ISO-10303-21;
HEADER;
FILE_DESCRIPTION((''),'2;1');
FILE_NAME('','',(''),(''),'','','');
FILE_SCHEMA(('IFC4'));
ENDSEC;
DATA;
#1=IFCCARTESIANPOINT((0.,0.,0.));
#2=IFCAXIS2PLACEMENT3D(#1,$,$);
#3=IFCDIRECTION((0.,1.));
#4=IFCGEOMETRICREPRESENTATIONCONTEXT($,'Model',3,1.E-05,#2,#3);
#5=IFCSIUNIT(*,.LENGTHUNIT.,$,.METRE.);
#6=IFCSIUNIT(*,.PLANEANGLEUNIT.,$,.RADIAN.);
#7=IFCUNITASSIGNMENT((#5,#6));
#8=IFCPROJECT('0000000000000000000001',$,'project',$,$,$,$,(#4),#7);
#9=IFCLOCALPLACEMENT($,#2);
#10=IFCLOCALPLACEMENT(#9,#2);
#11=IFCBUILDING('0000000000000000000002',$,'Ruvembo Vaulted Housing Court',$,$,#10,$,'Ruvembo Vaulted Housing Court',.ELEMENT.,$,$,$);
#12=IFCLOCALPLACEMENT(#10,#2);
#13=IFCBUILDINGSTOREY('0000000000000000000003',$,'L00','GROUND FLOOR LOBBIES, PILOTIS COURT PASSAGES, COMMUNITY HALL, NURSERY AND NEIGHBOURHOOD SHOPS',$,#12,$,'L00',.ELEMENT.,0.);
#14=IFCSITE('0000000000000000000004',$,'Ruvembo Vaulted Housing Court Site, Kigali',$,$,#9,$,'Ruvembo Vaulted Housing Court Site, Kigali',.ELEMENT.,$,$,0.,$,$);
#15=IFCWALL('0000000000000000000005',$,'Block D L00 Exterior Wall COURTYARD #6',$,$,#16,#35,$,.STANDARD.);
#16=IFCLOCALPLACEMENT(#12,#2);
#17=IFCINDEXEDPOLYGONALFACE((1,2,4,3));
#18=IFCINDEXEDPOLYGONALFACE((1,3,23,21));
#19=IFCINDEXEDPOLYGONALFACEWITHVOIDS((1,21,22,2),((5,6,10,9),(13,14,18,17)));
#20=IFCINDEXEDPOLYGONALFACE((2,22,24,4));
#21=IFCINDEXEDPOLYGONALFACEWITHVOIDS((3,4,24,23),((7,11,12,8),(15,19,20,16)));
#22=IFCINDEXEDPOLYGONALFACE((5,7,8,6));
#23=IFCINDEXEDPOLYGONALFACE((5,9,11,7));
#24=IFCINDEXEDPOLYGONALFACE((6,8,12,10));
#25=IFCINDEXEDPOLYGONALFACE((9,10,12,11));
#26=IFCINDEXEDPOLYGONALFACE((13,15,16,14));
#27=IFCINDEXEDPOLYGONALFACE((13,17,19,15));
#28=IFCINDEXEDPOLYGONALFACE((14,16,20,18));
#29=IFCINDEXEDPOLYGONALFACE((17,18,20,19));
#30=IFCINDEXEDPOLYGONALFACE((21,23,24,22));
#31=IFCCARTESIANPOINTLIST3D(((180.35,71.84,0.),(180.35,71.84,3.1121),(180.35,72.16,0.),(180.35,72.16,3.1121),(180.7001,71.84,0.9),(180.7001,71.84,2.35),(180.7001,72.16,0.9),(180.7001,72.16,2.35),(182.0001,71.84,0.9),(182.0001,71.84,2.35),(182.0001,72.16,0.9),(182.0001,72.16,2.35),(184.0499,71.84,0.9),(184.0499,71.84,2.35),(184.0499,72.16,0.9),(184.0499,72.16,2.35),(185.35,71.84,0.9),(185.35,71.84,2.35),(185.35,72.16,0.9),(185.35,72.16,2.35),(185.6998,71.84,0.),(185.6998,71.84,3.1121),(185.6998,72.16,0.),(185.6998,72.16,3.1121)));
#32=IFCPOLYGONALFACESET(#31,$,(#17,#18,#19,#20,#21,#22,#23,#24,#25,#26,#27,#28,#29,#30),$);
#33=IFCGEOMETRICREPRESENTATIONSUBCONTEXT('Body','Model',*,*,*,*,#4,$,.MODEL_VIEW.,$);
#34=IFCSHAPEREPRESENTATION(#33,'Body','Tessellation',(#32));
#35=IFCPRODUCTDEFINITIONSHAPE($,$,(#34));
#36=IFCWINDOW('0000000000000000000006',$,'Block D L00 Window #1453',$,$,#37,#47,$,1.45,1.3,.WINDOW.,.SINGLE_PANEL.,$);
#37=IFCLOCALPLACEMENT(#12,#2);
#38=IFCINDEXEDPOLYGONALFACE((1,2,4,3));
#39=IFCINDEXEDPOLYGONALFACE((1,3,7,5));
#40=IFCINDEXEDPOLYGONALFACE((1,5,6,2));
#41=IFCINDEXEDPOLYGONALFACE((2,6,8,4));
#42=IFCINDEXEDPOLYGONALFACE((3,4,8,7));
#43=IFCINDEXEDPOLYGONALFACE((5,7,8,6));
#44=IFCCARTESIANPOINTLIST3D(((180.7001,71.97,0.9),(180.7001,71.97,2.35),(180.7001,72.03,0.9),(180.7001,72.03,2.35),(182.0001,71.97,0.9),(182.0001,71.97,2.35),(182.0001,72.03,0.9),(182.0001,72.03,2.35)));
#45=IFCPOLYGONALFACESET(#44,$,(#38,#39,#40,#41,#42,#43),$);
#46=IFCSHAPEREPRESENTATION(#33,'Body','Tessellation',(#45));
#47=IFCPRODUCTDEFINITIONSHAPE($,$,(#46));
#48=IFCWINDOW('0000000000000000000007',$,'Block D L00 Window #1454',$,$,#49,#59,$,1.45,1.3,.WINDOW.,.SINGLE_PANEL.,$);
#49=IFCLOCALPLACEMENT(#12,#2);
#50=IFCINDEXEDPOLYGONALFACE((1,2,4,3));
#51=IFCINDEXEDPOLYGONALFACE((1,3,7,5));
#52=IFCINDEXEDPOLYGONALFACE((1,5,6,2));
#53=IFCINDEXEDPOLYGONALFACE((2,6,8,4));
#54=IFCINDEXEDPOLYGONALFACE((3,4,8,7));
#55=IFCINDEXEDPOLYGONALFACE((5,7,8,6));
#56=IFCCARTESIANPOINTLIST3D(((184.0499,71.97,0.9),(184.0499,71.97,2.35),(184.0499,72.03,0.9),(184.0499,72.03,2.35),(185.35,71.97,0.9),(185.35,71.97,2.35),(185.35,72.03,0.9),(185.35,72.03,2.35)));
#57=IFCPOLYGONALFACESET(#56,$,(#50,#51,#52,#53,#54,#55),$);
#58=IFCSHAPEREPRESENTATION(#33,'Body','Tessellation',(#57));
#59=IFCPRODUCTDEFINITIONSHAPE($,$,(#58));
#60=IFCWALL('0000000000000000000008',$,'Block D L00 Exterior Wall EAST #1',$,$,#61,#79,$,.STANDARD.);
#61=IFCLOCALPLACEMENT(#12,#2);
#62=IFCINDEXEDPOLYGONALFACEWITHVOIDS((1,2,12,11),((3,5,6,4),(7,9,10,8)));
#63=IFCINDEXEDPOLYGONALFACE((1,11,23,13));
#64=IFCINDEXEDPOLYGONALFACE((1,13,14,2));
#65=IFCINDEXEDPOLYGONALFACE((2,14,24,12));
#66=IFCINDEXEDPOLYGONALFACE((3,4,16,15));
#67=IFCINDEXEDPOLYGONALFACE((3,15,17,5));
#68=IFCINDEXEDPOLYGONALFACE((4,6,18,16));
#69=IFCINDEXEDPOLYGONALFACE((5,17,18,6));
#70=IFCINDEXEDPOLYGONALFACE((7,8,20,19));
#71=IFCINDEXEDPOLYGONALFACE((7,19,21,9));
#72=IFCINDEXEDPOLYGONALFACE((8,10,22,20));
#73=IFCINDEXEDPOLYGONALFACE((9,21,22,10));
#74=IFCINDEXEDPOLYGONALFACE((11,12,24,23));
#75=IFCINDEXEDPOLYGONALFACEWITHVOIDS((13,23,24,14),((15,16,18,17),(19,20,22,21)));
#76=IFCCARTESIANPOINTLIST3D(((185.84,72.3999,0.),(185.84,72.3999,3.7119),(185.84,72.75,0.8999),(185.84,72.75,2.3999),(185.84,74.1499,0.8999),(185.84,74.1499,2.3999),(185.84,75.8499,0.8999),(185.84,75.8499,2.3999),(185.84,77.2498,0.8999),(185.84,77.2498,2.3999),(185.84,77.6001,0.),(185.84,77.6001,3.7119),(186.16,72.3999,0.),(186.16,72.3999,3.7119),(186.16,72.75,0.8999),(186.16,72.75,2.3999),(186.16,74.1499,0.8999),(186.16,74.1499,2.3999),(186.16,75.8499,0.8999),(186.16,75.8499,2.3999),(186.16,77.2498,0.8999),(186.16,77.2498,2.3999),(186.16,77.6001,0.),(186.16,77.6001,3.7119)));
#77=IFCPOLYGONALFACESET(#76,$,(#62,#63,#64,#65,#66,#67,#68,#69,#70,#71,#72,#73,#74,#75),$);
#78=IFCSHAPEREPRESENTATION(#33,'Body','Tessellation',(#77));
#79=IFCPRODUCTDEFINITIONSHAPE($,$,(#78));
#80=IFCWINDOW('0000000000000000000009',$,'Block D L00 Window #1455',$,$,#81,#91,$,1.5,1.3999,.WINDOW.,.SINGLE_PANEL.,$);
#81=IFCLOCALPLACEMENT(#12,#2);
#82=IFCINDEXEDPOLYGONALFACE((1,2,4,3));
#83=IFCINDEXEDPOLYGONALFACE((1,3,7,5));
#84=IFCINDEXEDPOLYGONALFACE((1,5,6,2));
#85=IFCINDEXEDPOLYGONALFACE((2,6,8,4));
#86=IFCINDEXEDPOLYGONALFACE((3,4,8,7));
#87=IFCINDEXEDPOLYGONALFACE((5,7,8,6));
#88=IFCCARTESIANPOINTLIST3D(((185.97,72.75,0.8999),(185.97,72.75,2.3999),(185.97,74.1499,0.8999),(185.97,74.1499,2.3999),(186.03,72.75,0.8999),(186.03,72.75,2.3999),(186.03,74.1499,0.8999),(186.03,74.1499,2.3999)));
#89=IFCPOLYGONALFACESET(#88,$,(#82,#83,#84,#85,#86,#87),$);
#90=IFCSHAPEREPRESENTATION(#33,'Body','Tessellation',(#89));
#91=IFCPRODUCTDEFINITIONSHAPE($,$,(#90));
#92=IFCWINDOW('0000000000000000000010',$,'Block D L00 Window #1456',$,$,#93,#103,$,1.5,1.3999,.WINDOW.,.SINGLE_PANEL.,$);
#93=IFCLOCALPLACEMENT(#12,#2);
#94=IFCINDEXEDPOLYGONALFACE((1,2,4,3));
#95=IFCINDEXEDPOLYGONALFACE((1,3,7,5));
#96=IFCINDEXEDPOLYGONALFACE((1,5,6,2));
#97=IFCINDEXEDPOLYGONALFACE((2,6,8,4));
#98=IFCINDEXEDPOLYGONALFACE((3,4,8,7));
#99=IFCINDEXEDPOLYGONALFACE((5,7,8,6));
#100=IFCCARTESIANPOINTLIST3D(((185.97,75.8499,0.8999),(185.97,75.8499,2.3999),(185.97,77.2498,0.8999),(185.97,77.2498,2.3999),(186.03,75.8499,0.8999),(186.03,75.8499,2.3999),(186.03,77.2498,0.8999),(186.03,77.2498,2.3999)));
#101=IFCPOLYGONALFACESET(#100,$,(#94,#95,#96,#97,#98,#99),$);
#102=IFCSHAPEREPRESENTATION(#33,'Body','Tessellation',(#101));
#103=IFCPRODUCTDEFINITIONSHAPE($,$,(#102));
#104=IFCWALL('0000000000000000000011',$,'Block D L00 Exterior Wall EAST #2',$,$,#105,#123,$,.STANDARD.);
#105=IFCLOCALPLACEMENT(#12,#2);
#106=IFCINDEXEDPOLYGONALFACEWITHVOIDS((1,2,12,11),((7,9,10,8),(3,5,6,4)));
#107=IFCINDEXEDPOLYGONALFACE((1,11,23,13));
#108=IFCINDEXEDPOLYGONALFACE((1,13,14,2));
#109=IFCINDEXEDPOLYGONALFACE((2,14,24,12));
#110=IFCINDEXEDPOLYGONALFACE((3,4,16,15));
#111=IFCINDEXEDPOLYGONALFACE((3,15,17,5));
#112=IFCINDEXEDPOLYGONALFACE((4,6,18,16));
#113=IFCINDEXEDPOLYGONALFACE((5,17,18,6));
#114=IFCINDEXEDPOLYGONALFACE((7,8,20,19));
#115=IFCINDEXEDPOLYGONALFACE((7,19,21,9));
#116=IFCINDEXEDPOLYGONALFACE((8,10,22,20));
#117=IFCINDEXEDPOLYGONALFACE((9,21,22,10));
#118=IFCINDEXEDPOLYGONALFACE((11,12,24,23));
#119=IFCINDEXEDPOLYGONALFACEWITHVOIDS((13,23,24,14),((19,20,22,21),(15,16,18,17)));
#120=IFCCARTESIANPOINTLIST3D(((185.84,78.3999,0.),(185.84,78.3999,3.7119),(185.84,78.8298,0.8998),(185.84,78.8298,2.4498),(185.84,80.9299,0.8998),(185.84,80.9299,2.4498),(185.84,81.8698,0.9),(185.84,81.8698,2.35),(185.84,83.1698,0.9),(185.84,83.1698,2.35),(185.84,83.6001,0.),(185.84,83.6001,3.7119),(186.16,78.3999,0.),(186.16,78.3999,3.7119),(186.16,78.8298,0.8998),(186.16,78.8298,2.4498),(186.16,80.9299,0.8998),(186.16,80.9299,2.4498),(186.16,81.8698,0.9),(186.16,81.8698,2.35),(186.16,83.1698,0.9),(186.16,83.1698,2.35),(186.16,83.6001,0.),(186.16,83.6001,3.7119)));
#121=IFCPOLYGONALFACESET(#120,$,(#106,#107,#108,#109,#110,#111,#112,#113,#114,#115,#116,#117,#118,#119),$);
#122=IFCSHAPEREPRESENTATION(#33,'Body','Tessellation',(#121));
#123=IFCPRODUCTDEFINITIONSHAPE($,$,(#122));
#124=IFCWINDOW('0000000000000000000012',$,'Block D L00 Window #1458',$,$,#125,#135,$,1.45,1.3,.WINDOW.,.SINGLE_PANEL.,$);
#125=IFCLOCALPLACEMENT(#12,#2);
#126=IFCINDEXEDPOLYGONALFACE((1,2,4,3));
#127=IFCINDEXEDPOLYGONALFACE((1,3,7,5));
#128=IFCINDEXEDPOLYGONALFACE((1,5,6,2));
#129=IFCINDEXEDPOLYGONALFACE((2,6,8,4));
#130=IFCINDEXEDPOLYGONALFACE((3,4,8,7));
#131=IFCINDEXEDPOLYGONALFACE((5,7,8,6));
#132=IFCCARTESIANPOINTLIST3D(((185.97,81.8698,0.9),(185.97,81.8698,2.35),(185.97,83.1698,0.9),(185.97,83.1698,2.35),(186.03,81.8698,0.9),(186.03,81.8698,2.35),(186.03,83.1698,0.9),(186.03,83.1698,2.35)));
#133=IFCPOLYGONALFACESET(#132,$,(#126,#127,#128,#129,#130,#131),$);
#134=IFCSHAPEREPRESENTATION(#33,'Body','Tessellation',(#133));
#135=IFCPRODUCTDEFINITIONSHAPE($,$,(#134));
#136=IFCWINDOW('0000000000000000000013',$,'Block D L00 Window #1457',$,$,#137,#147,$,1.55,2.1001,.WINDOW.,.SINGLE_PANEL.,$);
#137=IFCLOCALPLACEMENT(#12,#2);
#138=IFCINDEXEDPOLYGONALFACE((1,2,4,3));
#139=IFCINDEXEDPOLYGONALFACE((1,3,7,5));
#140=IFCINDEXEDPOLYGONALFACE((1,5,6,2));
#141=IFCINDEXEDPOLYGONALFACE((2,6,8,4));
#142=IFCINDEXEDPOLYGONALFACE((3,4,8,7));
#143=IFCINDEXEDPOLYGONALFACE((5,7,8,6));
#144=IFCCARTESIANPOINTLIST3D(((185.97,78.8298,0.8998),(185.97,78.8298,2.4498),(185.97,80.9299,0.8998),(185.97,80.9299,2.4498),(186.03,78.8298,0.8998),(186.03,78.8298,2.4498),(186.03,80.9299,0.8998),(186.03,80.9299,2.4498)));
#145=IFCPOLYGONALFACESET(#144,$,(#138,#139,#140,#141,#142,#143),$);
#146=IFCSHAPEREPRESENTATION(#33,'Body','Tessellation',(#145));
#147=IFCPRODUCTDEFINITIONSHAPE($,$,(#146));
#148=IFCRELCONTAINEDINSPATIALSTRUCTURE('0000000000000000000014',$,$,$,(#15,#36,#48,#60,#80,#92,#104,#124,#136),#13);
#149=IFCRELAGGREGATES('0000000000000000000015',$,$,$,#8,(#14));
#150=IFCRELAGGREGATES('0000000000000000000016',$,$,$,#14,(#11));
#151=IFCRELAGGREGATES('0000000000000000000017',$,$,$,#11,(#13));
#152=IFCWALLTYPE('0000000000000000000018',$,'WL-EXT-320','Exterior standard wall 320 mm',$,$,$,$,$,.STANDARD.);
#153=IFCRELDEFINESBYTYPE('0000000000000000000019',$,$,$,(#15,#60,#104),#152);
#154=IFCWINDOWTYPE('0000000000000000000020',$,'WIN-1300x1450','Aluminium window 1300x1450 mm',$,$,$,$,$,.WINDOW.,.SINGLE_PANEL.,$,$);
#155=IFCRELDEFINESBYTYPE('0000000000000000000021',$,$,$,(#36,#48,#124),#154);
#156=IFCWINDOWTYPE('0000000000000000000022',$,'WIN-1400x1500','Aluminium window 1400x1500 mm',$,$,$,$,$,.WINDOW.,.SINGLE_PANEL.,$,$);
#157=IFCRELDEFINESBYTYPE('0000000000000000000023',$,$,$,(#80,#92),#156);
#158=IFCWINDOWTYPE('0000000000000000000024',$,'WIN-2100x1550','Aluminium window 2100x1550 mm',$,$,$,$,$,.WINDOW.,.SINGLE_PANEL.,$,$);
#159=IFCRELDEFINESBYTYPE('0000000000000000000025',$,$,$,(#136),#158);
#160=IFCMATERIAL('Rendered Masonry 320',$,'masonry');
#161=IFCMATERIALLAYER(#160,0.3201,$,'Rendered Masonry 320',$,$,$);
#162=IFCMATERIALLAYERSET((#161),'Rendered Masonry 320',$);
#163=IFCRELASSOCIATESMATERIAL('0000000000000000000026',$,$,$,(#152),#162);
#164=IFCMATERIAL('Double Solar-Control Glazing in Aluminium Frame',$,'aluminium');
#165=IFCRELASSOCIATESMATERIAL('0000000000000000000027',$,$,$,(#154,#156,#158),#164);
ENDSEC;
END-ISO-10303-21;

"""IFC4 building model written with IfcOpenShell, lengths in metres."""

from ifc_helpers import new_model, si_unit, direction, frame, frame_2d, origin, place, context, subcontext, project, spatial, rectangle, extrude, material, layer, layer_set, type_object, element, fill, save


model = new_model("IFC4")

# Units and contexts
model_context = context("Model", 3, precision=1e-05, world=origin(), true_north=direction((0.0, 1.0)))
body_context = subcontext(model_context, "Body", "Model", "MODEL_VIEW")
ifc_project = project(units=[si_unit("LENGTHUNIT", "METRE"), si_unit("PLANEANGLEUNIT", "RADIAN")], contexts=[model_context])

# Site, building, storey
site_placement = place(None, origin())
site = spatial("IfcSite", under=ifc_project, at=site_placement, Name="Ruvembo Vaulted Housing Court Site, Kigali", LongName="Ruvembo Vaulted Housing Court Site, Kigali", CompositionType="ELEMENT", RefElevation=0.0)
building_placement = place(site_placement, origin())
building = spatial("IfcBuilding", under=site, at=building_placement, Name="Ruvembo Vaulted Housing Court", LongName="Ruvembo Vaulted Housing Court", CompositionType="ELEMENT")
storey_placement = place(building_placement, origin())
storey = spatial("IfcBuildingStorey", under=building, at=storey_placement, Name="L00", Description="GROUND FLOOR LOBBIES, PILOTIS COURT PASSAGES, COMMUNITY HALL, NURSERY AND NEIGHBOURHOOD SHOPS", LongName="L00", CompositionType="ELEMENT", Elevation=0.0)

# Walls, openings, windows
ifc_material_1 = material(Name="Rendered Masonry 320", Category="masonry")
ifc_layer = layer(ifc_material_1, 0.3201, Name="Rendered Masonry 320")
ifc_layer_set = layer_set([ifc_layer], Name="Rendered Masonry 320")
wall_type = type_object("IfcWallType", Name="WL-EXT-320", Description="Exterior standard wall 320 mm", PredefinedType="STANDARD", material=ifc_layer_set)
wall_1_placement = place(storey_placement, frame((180.3501, 72.0, 0.0), z_axis=(0.0, 0.0, 1.0), x_axis=(1.0, 0.0, 0.0)))
wall_1 = element("IfcWall", 1, at=wall_1_placement, inside=storey, type_object=wall_type, Name="Block D L00 Exterior Wall COURTYARD #6", PredefinedType="STANDARD", context=body_context, shape_type="SweptSolid", body=[
    extrude(rectangle(XDim=5.3499, YDim=0.3201, at=frame_2d((2.6748, 0.0))), origin(), (0.0, 0.0, 1.0), 3.1121),
])
opening_1_placement = place(wall_1_placement, frame((0.3501, 0.0, 0.8999)))
opening_1 = element("IfcOpeningElement", 2, at=opening_1_placement, cuts=wall_1, PredefinedType="OPENING", context=body_context, shape_type="SweptSolid", body=[
    extrude(rectangle(XDim=1.3, YDim=1.45, at=frame_2d((0.6499, 0.7251))), frame((0.0, 0.1699, 0.0), z_axis=(0.0, -1.0, 0.0), x_axis=(1.0, 0.0, 0.0)), (0.0, 0.0, 1.0), 0.3401),
])
opening_2_placement = place(wall_1_placement, frame((3.7, 0.0, 0.8999)))
opening_2 = element("IfcOpeningElement", 3, at=opening_2_placement, cuts=wall_1, PredefinedType="OPENING", context=body_context, shape_type="SweptSolid", body=[
    extrude(rectangle(XDim=1.3, YDim=1.45, at=frame_2d((0.6499, 0.7251))), frame((0.0, 0.1699, 0.0), z_axis=(0.0, -1.0, 0.0), x_axis=(1.0, 0.0, 0.0)), (0.0, 0.0, 1.0), 0.3401),
])
ifc_material_2 = material(Name="Double Solar-Control Glazing in Aluminium Frame", Category="aluminium")
window_type_1 = type_object("IfcWindowType", Name="WIN-1300x1450", Description="Aluminium window 1300x1450 mm", PartitioningType="SINGLE_PANEL", PredefinedType="WINDOW", material=ifc_material_2)
window_1_placement = place(opening_1_placement, origin())
window_1 = element("IfcWindow", 4, at=window_1_placement, inside=storey, type_object=window_type_1, Name="Block D L00 Window #1453", OverallHeight=1.45, OverallWidth=1.3, PartitioningType="SINGLE_PANEL", PredefinedType="WINDOW", context=body_context, shape_type="SweptSolid", body=[
    extrude(rectangle(XDim=1.3, YDim=1.45, at=frame_2d((0.6499, 0.7251))), frame((0.0, 0.03, 0.0), z_axis=(0.0, -1.0, 0.0), x_axis=(1.0, 0.0, 0.0)), (0.0, 0.0, 1.0), 0.0601),
])
fill(opening_1, window_1)
window_2_placement = place(opening_2_placement, origin())
window_2 = element("IfcWindow", 5, at=window_2_placement, inside=storey, type_object=window_type_1, Name="Block D L00 Window #1454", OverallHeight=1.45, OverallWidth=1.3, PartitioningType="SINGLE_PANEL", PredefinedType="WINDOW", context=body_context, shape_type="SweptSolid", body=[
    extrude(rectangle(XDim=1.3, YDim=1.45, at=frame_2d((0.6499, 0.7251))), frame((0.0, 0.03, 0.0), z_axis=(0.0, -1.0, 0.0), x_axis=(1.0, 0.0, 0.0)), (0.0, 0.0, 1.0), 0.0601),
])
fill(opening_2, window_2)
wall_2_placement = place(storey_placement, frame((186.0, 72.3999, 0.0), z_axis=(0.0, 0.0, 1.0), x_axis=(0.0, 1.0, 0.0)))
wall_2 = element("IfcWall", 6, at=wall_2_placement, inside=storey, type_object=wall_type, Name="Block D L00 Exterior Wall EAST #1", PredefinedType="STANDARD", context=body_context, shape_type="SweptSolid", body=[
    extrude(rectangle(XDim=5.2002, YDim=0.3201, at=frame_2d((2.6001, 0.0))), origin(), (0.0, 0.0, 1.0), 3.7119),
])
opening_3_placement = place(wall_2_placement, frame((0.3501, 0.0, 0.8999)))
opening_3 = element("IfcOpeningElement", 7, at=opening_3_placement, cuts=wall_2, PredefinedType="OPENING", context=body_context, shape_type="SweptSolid", body=[
    extrude(rectangle(XDim=1.3999, YDim=1.5, at=frame_2d((0.7, 0.75))), frame((0.0, 0.1699, 0.0), z_axis=(0.0, -1.0, 0.0), x_axis=(1.0, 0.0, 0.0)), (0.0, 0.0, 1.0), 0.3401),
])
opening_4_placement = place(wall_2_placement, frame((3.45, 0.0, 0.8999)))
opening_4 = element("IfcOpeningElement", 8, at=opening_4_placement, cuts=wall_2, PredefinedType="OPENING", context=body_context, shape_type="SweptSolid", body=[
    extrude(rectangle(XDim=1.3999, YDim=1.5, at=frame_2d((0.7, 0.75))), frame((0.0, 0.1699, 0.0), z_axis=(0.0, -1.0, 0.0), x_axis=(1.0, 0.0, 0.0)), (0.0, 0.0, 1.0), 0.3401),
])
window_type_2 = type_object("IfcWindowType", Name="WIN-1400x1500", Description="Aluminium window 1400x1500 mm", PartitioningType="SINGLE_PANEL", PredefinedType="WINDOW", material=ifc_material_2)
window_3_placement = place(opening_3_placement, origin())
window_3 = element("IfcWindow", 9, at=window_3_placement, inside=storey, type_object=window_type_2, Name="Block D L00 Window #1455", OverallHeight=1.5, OverallWidth=1.3999, PartitioningType="SINGLE_PANEL", PredefinedType="WINDOW", context=body_context, shape_type="SweptSolid", body=[
    extrude(rectangle(XDim=1.3999, YDim=1.5, at=frame_2d((0.7, 0.75))), frame((0.0, 0.03, 0.0), z_axis=(0.0, -1.0, 0.0), x_axis=(1.0, 0.0, 0.0)), (0.0, 0.0, 1.0), 0.0601),
])
fill(opening_3, window_3)
window_4_placement = place(opening_4_placement, origin())
window_4 = element("IfcWindow", 10, at=window_4_placement, inside=storey, type_object=window_type_2, Name="Block D L00 Window #1456", OverallHeight=1.5, OverallWidth=1.3999, PartitioningType="SINGLE_PANEL", PredefinedType="WINDOW", context=body_context, shape_type="SweptSolid", body=[
    extrude(rectangle(XDim=1.3999, YDim=1.5, at=frame_2d((0.7, 0.75))), frame((0.0, 0.03, 0.0), z_axis=(0.0, -1.0, 0.0), x_axis=(1.0, 0.0, 0.0)), (0.0, 0.0, 1.0), 0.0601),
])
fill(opening_4, window_4)
wall_3_placement = place(storey_placement, frame((186.0, 78.3999, 0.0), z_axis=(0.0, 0.0, 1.0), x_axis=(0.0, 1.0, 0.0)))
wall_3 = element("IfcWall", 11, at=wall_3_placement, inside=storey, type_object=wall_type, Name="Block D L00 Exterior Wall EAST #2", PredefinedType="STANDARD", context=body_context, shape_type="SweptSolid", body=[
    extrude(rectangle(XDim=5.2002, YDim=0.3201, at=frame_2d((2.6001, 0.0))), origin(), (0.0, 0.0, 1.0), 3.7119),
])
opening_5_placement = place(wall_3_placement, frame((0.4299, 0.0, 0.8999)))
opening_5 = element("IfcOpeningElement", 12, at=opening_5_placement, cuts=wall_3, PredefinedType="OPENING", context=body_context, shape_type="SweptSolid", body=[
    extrude(rectangle(XDim=2.1001, YDim=1.55, at=frame_2d((1.05, 0.7749))), frame((0.0, 0.1699, 0.0), z_axis=(0.0, -1.0, 0.0), x_axis=(1.0, 0.0, 0.0)), (0.0, 0.0, 1.0), 0.3401),
])
opening_6_placement = place(wall_3_placement, frame((3.47, 0.0, 0.8999)))
opening_6 = element("IfcOpeningElement", 13, at=opening_6_placement, cuts=wall_3, PredefinedType="OPENING", context=body_context, shape_type="SweptSolid", body=[
    extrude(rectangle(XDim=1.3, YDim=1.45, at=frame_2d((0.6499, 0.7251))), frame((0.0, 0.1699, 0.0), z_axis=(0.0, -1.0, 0.0), x_axis=(1.0, 0.0, 0.0)), (0.0, 0.0, 1.0), 0.3401),
])
window_5_placement = place(opening_6_placement, origin())
window_5 = element("IfcWindow", 14, at=window_5_placement, inside=storey, type_object=window_type_1, Name="Block D L00 Window #1458", OverallHeight=1.45, OverallWidth=1.3, PartitioningType="SINGLE_PANEL", PredefinedType="WINDOW", context=body_context, shape_type="SweptSolid", body=[
    extrude(rectangle(XDim=1.3, YDim=1.45, at=frame_2d((0.6499, 0.7251))), frame((0.0, 0.03, 0.0), z_axis=(0.0, -1.0, 0.0), x_axis=(1.0, 0.0, 0.0)), (0.0, 0.0, 1.0), 0.0601),
])
fill(opening_6, window_5)
window_type_3 = type_object("IfcWindowType", Name="WIN-2100x1550", Description="Aluminium window 2100x1550 mm", PartitioningType="SINGLE_PANEL", PredefinedType="WINDOW", material=ifc_material_2)
window_6_placement = place(opening_5_placement, origin())
window_6 = element("IfcWindow", 15, at=window_6_placement, inside=storey, type_object=window_type_3, Name="Block D L00 Window #1457", OverallHeight=1.55, OverallWidth=2.1001, PartitioningType="SINGLE_PANEL", PredefinedType="WINDOW", context=body_context, shape_type="SweptSolid", body=[
    extrude(rectangle(XDim=2.1001, YDim=1.55, at=frame_2d((1.05, 0.7749))), frame((0.0, 0.03, 0.0), z_axis=(0.0, -1.0, 0.0), x_axis=(1.0, 0.0, 0.0)), (0.0, 0.0, 1.0), 0.0601),
])
fill(opening_5, window_6)

save(model, "model.ifc")
